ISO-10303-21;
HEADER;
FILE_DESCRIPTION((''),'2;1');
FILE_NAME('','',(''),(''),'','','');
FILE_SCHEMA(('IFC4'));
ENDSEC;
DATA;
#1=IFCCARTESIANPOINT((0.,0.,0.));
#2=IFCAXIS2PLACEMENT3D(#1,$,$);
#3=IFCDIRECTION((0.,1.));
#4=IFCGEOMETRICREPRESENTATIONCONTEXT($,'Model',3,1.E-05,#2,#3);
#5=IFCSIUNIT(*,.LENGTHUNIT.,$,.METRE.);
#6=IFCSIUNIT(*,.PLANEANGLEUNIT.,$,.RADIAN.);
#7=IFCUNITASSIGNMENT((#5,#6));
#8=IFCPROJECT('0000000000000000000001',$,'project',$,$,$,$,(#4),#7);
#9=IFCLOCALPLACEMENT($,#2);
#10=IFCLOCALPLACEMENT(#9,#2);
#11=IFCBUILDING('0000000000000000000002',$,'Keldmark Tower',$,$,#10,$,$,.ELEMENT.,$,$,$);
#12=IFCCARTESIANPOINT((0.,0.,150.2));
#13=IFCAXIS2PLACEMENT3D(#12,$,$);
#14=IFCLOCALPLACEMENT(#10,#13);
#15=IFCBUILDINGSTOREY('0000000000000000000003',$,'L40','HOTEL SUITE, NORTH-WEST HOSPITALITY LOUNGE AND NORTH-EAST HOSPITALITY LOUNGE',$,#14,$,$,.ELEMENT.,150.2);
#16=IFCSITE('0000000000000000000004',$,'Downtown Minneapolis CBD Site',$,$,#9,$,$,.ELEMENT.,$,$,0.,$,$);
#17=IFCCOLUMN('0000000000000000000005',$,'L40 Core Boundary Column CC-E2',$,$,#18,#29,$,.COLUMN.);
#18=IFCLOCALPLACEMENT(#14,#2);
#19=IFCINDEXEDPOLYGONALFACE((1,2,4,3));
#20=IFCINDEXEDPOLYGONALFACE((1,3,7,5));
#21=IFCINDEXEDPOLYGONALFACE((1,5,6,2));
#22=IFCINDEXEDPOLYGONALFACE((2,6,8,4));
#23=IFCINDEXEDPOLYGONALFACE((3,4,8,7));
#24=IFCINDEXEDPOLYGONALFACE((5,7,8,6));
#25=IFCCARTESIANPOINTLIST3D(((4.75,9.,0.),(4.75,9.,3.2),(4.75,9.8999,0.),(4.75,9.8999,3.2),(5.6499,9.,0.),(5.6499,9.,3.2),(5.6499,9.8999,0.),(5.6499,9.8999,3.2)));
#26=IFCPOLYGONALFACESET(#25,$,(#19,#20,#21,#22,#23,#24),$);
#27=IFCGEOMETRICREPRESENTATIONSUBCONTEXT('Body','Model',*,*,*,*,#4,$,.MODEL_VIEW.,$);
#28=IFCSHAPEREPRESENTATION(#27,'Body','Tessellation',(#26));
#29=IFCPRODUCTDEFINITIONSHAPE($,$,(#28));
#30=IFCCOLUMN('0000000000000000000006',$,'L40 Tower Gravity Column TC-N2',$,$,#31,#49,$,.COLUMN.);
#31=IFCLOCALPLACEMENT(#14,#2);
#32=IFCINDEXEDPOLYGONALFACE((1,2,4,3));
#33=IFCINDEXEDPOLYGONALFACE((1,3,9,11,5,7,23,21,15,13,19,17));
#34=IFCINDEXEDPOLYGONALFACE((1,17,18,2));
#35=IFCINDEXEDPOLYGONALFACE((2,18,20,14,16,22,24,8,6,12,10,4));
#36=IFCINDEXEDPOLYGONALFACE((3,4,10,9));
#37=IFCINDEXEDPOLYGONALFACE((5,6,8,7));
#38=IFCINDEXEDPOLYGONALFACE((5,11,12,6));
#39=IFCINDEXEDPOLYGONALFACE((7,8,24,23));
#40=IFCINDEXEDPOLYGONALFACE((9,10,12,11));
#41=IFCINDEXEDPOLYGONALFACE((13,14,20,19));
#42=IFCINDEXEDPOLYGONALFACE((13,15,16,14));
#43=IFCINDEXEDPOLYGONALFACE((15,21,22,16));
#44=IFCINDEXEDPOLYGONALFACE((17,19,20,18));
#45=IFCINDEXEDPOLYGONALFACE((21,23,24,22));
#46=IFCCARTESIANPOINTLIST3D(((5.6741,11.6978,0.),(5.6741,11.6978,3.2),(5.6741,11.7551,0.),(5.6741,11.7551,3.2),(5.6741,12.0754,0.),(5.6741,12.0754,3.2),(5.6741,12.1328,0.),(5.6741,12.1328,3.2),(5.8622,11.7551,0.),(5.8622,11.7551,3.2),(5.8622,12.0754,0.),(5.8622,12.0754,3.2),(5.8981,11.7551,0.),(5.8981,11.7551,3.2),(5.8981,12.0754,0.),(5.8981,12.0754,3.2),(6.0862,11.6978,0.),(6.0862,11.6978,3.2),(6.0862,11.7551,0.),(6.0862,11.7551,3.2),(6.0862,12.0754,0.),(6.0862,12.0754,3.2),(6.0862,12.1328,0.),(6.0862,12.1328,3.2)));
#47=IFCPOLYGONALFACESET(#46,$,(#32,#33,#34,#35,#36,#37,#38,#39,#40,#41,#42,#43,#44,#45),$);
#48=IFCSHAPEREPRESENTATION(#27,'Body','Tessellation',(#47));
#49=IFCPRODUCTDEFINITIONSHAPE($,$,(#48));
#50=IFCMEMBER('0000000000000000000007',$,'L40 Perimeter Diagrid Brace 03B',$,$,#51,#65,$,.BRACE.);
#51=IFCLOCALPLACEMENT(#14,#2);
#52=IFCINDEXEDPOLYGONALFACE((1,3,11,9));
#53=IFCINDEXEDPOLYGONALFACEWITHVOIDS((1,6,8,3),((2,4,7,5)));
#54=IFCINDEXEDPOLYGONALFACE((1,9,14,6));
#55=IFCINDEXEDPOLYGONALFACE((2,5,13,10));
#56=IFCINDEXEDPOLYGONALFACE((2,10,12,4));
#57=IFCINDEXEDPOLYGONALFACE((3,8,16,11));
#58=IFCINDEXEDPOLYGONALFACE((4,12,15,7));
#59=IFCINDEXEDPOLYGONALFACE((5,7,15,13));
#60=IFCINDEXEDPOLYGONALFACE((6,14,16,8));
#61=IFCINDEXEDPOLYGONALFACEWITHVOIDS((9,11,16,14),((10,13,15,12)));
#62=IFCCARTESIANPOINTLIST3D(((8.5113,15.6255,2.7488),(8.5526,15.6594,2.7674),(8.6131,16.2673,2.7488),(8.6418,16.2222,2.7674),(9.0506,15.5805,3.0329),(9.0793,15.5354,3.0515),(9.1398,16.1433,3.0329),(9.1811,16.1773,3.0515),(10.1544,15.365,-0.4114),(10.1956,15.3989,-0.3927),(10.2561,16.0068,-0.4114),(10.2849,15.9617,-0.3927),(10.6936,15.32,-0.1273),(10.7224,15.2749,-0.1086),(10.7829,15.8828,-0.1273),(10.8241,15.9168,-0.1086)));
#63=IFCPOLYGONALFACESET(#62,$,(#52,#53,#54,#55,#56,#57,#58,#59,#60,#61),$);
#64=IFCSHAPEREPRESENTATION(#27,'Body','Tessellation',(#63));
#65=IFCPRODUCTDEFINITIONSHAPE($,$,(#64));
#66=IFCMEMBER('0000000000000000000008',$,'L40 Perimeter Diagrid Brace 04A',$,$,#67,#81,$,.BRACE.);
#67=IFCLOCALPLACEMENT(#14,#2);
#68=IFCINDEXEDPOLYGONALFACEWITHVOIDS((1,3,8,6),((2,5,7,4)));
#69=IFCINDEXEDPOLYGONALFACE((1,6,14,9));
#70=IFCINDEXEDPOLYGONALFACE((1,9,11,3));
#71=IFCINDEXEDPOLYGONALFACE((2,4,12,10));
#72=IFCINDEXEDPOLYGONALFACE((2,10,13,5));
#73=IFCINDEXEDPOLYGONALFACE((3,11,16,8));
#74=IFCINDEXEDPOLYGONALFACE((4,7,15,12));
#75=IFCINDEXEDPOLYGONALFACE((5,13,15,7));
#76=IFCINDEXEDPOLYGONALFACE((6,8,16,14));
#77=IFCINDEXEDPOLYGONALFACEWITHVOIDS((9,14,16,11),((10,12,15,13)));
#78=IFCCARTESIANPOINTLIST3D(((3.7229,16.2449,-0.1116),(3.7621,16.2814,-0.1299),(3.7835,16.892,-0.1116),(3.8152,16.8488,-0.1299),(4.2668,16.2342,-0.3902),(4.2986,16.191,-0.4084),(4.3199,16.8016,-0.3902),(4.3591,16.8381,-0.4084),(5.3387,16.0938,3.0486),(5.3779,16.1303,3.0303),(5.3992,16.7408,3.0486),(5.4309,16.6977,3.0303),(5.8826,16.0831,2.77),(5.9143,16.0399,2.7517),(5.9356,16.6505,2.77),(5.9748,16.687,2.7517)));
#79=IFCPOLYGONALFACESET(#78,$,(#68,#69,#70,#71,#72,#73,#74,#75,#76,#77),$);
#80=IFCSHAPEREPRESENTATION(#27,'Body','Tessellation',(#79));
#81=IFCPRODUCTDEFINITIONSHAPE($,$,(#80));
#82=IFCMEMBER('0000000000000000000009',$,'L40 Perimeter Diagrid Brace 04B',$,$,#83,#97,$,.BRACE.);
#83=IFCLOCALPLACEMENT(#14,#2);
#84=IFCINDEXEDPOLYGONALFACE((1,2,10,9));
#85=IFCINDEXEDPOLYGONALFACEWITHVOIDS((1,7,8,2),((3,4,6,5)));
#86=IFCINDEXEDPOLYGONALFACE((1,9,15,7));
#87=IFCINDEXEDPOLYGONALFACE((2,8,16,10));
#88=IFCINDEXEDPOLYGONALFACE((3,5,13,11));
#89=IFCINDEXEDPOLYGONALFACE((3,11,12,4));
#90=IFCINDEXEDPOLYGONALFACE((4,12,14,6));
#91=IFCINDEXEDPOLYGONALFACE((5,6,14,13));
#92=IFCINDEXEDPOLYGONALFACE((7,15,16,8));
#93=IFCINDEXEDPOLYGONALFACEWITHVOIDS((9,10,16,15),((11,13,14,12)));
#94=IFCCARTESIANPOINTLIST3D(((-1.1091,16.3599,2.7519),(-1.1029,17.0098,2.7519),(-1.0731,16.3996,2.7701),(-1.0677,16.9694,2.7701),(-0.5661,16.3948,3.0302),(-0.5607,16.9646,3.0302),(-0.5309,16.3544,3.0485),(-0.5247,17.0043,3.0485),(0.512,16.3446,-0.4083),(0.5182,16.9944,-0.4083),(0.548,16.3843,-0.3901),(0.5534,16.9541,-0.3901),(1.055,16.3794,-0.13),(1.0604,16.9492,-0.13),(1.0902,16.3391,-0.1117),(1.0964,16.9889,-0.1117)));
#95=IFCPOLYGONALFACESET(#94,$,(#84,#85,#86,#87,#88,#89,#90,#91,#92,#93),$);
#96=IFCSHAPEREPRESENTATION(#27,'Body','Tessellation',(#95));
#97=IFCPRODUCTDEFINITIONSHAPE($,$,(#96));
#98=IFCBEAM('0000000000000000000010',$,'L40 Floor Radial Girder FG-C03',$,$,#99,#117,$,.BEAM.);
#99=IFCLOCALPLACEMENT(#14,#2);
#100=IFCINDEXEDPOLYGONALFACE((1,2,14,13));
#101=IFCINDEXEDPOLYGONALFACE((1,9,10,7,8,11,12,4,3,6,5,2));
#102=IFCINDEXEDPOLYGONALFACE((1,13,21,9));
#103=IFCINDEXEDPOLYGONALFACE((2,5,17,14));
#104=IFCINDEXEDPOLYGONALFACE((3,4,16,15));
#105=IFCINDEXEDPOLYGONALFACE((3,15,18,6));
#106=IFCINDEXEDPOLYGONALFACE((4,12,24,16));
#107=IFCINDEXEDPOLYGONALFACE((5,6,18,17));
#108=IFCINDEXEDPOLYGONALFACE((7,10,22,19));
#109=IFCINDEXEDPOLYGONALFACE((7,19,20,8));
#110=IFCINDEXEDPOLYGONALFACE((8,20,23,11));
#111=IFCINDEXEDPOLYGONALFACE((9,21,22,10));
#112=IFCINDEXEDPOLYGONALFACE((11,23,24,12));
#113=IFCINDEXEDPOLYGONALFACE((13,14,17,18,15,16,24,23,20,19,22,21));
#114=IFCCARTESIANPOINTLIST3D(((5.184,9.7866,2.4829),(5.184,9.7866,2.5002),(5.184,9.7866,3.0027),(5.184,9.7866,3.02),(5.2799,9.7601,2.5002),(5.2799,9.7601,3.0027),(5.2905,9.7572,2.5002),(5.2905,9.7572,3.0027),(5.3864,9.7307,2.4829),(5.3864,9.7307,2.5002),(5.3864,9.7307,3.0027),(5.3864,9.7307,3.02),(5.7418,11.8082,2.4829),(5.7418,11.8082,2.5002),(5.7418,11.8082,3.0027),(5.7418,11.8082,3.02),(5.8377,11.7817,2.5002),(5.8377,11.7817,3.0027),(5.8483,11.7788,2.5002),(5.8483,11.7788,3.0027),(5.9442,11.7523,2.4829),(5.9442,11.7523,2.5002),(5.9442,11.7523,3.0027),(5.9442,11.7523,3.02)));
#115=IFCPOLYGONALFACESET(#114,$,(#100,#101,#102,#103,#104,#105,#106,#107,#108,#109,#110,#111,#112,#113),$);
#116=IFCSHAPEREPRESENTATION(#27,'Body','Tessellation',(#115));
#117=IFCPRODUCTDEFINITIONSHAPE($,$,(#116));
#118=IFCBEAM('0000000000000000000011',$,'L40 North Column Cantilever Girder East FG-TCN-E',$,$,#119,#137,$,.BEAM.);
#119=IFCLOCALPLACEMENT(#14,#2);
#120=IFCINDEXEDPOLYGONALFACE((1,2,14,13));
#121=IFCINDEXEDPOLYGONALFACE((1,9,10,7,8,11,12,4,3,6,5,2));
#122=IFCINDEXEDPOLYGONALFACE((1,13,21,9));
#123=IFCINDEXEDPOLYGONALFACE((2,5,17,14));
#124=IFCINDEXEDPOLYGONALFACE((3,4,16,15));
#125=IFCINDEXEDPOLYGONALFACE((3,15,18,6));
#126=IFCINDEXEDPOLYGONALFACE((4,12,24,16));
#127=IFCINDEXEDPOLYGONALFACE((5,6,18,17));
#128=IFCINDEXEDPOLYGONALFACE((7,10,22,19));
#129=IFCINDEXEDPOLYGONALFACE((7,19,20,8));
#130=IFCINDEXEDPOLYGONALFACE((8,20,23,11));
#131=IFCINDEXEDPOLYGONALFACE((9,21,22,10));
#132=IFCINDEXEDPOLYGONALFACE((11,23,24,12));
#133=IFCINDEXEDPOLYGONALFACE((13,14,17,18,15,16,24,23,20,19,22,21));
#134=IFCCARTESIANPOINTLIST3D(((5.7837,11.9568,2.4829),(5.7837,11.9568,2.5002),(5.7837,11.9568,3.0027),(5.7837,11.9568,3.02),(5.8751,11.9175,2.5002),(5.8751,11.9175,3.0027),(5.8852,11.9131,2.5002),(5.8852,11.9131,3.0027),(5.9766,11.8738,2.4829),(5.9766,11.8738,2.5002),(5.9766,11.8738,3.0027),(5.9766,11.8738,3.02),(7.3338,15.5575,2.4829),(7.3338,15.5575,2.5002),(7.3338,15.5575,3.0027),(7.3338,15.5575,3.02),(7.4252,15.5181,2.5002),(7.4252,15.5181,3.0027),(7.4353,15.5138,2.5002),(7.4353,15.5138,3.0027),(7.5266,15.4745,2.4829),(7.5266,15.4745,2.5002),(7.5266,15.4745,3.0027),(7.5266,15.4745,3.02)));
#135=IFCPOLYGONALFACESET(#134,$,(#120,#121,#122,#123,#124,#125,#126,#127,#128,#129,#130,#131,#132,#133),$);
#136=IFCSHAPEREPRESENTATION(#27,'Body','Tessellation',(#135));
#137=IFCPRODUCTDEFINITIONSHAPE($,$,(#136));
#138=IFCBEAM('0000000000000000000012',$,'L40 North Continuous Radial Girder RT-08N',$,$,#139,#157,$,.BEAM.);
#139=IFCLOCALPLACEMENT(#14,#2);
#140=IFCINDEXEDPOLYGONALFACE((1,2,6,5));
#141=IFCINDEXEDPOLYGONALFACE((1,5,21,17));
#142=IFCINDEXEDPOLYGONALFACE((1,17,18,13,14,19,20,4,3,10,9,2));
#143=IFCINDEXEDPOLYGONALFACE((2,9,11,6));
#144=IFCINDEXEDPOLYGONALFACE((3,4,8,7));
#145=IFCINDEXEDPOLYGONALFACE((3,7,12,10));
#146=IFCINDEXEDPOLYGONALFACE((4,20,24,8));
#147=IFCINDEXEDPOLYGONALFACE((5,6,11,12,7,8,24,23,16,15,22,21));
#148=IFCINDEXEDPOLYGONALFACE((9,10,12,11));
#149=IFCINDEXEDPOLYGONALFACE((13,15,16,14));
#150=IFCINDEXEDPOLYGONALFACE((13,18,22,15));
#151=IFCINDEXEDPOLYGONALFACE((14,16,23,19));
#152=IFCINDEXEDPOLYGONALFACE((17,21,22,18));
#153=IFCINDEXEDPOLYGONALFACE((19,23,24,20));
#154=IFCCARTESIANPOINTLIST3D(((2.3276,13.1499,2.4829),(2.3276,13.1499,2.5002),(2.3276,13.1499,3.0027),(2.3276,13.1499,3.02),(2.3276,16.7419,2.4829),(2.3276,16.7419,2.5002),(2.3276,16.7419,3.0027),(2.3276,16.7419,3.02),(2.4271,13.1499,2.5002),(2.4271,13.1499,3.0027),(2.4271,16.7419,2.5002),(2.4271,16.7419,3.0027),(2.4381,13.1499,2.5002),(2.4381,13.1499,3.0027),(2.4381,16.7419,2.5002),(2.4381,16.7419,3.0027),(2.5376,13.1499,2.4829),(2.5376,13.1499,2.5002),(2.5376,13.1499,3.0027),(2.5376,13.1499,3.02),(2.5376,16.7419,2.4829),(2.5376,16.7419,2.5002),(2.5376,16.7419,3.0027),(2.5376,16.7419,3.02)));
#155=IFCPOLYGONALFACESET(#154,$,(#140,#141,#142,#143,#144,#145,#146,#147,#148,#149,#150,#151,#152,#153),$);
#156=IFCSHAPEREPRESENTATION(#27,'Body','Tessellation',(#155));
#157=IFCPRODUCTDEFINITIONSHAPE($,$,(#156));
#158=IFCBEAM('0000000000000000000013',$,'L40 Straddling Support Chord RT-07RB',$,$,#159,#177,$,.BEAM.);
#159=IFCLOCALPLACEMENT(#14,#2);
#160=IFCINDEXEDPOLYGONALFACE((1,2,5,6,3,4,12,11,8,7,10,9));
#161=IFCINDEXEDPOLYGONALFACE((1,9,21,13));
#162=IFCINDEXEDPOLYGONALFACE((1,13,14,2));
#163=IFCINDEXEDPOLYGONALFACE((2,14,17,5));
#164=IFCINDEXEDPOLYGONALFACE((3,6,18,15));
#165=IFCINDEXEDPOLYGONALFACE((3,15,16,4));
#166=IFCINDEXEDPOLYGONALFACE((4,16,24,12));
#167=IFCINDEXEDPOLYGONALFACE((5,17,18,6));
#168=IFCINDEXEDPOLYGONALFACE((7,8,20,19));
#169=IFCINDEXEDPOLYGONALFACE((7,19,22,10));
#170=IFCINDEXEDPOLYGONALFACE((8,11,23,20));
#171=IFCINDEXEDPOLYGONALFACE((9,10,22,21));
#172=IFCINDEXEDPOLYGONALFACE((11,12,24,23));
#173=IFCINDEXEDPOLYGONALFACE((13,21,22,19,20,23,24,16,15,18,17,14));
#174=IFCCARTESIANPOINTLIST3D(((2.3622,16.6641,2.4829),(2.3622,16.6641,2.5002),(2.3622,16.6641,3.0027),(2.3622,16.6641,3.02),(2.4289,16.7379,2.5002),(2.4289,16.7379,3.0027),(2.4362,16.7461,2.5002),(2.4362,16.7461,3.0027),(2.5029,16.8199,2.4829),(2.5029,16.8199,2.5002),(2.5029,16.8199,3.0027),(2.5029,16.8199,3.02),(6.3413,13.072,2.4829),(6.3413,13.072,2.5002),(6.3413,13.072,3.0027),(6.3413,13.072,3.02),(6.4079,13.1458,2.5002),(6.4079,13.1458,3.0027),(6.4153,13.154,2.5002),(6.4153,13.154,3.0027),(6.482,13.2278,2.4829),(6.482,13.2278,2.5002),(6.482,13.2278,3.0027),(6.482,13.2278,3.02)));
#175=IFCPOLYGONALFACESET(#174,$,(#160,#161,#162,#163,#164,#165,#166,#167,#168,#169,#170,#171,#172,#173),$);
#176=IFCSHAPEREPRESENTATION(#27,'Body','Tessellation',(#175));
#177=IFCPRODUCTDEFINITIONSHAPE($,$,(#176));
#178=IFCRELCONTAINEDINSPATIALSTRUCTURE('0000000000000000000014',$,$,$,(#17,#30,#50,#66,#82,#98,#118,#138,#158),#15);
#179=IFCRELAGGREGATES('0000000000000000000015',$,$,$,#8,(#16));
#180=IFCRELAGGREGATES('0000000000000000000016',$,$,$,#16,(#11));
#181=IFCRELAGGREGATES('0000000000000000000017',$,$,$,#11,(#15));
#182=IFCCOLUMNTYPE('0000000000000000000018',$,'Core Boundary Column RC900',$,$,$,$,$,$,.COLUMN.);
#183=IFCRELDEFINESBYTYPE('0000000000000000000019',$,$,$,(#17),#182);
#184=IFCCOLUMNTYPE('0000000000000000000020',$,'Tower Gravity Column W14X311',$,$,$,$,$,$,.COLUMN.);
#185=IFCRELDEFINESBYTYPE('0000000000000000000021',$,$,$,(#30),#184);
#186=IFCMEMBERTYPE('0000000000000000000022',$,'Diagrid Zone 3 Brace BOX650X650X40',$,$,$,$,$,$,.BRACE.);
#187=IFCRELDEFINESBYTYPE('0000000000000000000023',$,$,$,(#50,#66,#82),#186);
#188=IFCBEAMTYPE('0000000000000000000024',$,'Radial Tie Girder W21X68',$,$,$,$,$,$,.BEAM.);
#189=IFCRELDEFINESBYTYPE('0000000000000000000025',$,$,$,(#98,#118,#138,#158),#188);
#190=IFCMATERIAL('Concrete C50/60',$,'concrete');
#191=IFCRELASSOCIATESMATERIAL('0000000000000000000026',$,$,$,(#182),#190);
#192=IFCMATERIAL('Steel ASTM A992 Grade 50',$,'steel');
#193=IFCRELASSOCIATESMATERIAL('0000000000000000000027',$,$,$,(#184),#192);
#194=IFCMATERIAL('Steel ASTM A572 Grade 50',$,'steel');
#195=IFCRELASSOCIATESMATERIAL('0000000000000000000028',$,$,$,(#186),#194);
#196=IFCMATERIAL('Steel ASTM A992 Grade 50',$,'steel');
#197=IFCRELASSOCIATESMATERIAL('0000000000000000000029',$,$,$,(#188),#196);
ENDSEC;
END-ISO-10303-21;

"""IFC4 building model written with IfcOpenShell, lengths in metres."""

from ifc_helpers import new_model, si_unit, direction, frame, origin, origin_2d, place, context, subcontext, project, spatial, rectangle, hollow_rectangle, i_section, extrude, material, material_profile, profile_set, type_object, element, save


model = new_model("IFC4")

# Units and contexts
model_context = context("Model", 3, precision=1e-05, world=origin(), true_north=direction((0.0, 1.0)))
body_context = subcontext(model_context, "Body", "Model", "MODEL_VIEW")
ifc_project = project(units=[si_unit("LENGTHUNIT", "METRE"), si_unit("PLANEANGLEUNIT", "RADIAN")], contexts=[model_context])

# Site, building, storey
site_placement = place(None, origin())
site = spatial("IfcSite", under=ifc_project, at=site_placement, Name="Downtown Minneapolis CBD Site", CompositionType="ELEMENT", RefElevation=0.0)
building_placement = place(site_placement, origin())
building = spatial("IfcBuilding", under=site, at=building_placement, Name="Keldmark Tower", CompositionType="ELEMENT")
storey_placement = place(building_placement, frame((0.0, 0.0, 150.2)))
storey = spatial("IfcBuildingStorey", under=building, at=storey_placement, Name="L40", Description="HOTEL SUITE, NORTH-WEST HOSPITALITY LOUNGE AND NORTH-EAST HOSPITALITY LOUNGE", CompositionType="ELEMENT", Elevation=150.2)

# Columns
ifc_material_1 = material(Name="Concrete C50/60", Category="concrete")
ifc_material_profile_1 = material_profile(ifc_material_1, rectangle(XDim=0.8999, YDim=0.8999, at=origin_2d()), Name="RC900X900")
ifc_profile_set_1 = profile_set([ifc_material_profile_1], Name="Concrete C50/60")
column_type_1 = type_object("IfcColumnType", Name="Core Boundary Column RC900", PredefinedType="COLUMN", material=ifc_profile_set_1)
column_1_placement = place(storey_placement, frame((5.2, 9.45, 0.0), z_axis=(0.0, 0.0, 1.0), x_axis=(1.0, 0.0, 0.0)))
element("IfcColumn", 1, at=column_1_placement, inside=storey, type_object=column_type_1, Name="L40 Core Boundary Column CC-E2", PredefinedType="COLUMN", context=body_context, shape_type="SweptSolid", body=[
    extrude(rectangle(XDim=0.8999, YDim=0.8999, at=origin_2d()), origin(), (0.0, 0.0, 1.0), 3.2),
])
ifc_material_2 = material(Name="Steel ASTM A992 Grade 50", Category="steel")
ifc_material_profile_2 = material_profile(ifc_material_2, i_section(OverallWidth=0.4121, OverallDepth=0.4351, WebThickness=0.0359, FlangeThickness=0.0574, at=origin_2d()), Name="W14X311")
ifc_profile_set_2 = profile_set([ifc_material_profile_2], Name="Steel ASTM A992 Grade 50")
column_type_2 = type_object("IfcColumnType", Name="Tower Gravity Column W14X311", PredefinedType="COLUMN", material=ifc_profile_set_2)
column_2_placement = place(storey_placement, frame((5.8801, 11.9153, 0.0), z_axis=(0.0, 0.0, 1.0), x_axis=(1.0, 0.0, 0.0)))
element("IfcColumn", 2, at=column_2_placement, inside=storey, type_object=column_type_2, Name="L40 Tower Gravity Column TC-N2", PredefinedType="COLUMN", context=body_context, shape_type="SweptSolid", body=[
    extrude(i_section(OverallWidth=0.4121, OverallDepth=0.4351, WebThickness=0.0359, FlangeThickness=0.0574, at=origin_2d()), origin(), (0.0, 0.0, 1.0), 3.2),
])

# Members
ifc_material_3 = material(Name="Steel ASTM A572 Grade 50", Category="steel")
ifc_material_profile_3 = material_profile(ifc_material_3, hollow_rectangle(XDim=0.6499, YDim=0.6499, WallThickness=0.04, at=origin_2d()), Name="BOX650X650X40")
ifc_profile_set_3 = profile_set([ifc_material_profile_3], Name="Steel ASTM A572 Grade 50")
member_type = type_object("IfcMemberType", Name="Diagrid Zone 3 Brace BOX650X650X40", PredefinedType="BRACE", material=ifc_profile_set_3)
member_1_placement = place(storey_placement, frame((10.4893, 15.6409, -0.26), z_axis=(-0.460076, 0.072942, 0.884878), x_axis=(-0.156588, -0.987664, 0.0)))
element("IfcMember", 3, at=member_1_placement, inside=storey, type_object=member_type, Name="L40 Perimeter Diagrid Brace 03B", PredefinedType="BRACE", context=body_context, shape_type="SweptSolid", body=[
    extrude(hollow_rectangle(XDim=0.6499, YDim=0.6499, WallThickness=0.04, at=origin_2d()), origin(), (0.0, 0.0, 1.0), 3.5713),
])
member_2_placement = place(storey_placement, frame((4.041, 16.5415, -0.26), z_axis=(0.454818, -0.04254, 0.889568), x_axis=(0.093126, 0.995654, 0.0)))
element("IfcMember", 4, at=member_2_placement, inside=storey, type_object=member_type, Name="L40 Perimeter Diagrid Brace 04A", PredefinedType="BRACE", context=body_context, shape_type="SweptSolid", body=[
    extrude(hollow_rectangle(XDim=0.6499, YDim=0.6499, WallThickness=0.04, at=origin_2d()), origin(), (0.0, 0.0, 1.0), 3.5525),
])
member_3_placement = place(storey_placement, frame((0.8042, 16.6667, -0.26), z_axis=(-0.456424, 0.004331, 0.889752), x_axis=(-0.009488, -0.999955, 0.0)))
element("IfcMember", 5, at=member_3_placement, inside=storey, type_object=member_type, Name="L40 Perimeter Diagrid Brace 04B", PredefinedType="BRACE", context=body_context, shape_type="SweptSolid", body=[
    extrude(hollow_rectangle(XDim=0.6499, YDim=0.6499, WallThickness=0.04, at=origin_2d()), origin(), (0.0, 0.0, 1.0), 3.5518),
])

# Beams
ifc_material_4 = material(Name="Steel ASTM A992 Grade 50", Category="steel")
ifc_material_profile_4 = material_profile(ifc_material_4, i_section(OverallWidth=0.21, OverallDepth=0.5371, WebThickness=0.011, FlangeThickness=0.0173, at=origin_2d()), Name="W21X68")
ifc_profile_set_4 = profile_set([ifc_material_profile_4], Name="Steel ASTM A992 Grade 50")
beam_type_1 = type_object("IfcBeamType", Name="Radial Tie Girder W21X68", PredefinedType="BEAM", material=ifc_profile_set_4)
beam_1_placement = place(storey_placement, frame((5.843, 11.7803, 2.7515), z_axis=(-0.265992, -0.963975, 0.0), x_axis=(0.963975, -0.265992, 0.0)))
element("IfcBeam", 6, at=beam_1_placement, inside=storey, type_object=beam_type_1, Name="L40 Floor Radial Girder FG-C03", PredefinedType="BEAM", context=body_context, shape_type="SweptSolid", body=[
    extrude(i_section(OverallWidth=0.21, OverallDepth=0.5371, WebThickness=0.011, FlangeThickness=0.0173, at=origin_2d()), origin(), (0.0, 0.0, 1.0), 2.0972),
])
beam_2_placement = place(storey_placement, frame((5.8801, 11.9153, 2.7515), z_axis=(0.395415, 0.918503, 0.0), x_axis=(-0.918503, 0.395415, 0.0)))
element("IfcBeam", 7, at=beam_2_placement, inside=storey, type_object=beam_type_1, Name="L40 North Column Cantilever Girder East FG-TCN-E", PredefinedType="BEAM", context=body_context, shape_type="SweptSolid", body=[
    extrude(i_section(OverallWidth=0.21, OverallDepth=0.5371, WebThickness=0.011, FlangeThickness=0.0173, at=origin_2d()), origin(), (0.0, 0.0, 1.0), 3.9202),
])
beam_3_placement = place(storey_placement, frame((2.4326, 13.1499, 2.7515), z_axis=(0.0, 1.0, 0.0), x_axis=(-1.0, 0.0, 0.0)))
element("IfcBeam", 8, at=beam_3_placement, inside=storey, type_object=beam_type_1, Name="L40 North Continuous Radial Girder RT-08N", PredefinedType="BEAM", context=body_context, shape_type="SweptSolid", body=[
    extrude(i_section(OverallWidth=0.21, OverallDepth=0.5371, WebThickness=0.011, FlangeThickness=0.0173, at=origin_2d()), origin(), (0.0, 0.0, 1.0), 3.592),
])
beam_4_placement = place(storey_placement, frame((6.4116, 13.1499, 2.7515), z_axis=(-0.742279, 0.670091, 0.0), x_axis=(-0.670091, -0.742279, 0.0)))
element("IfcBeam", 9, at=beam_4_placement, inside=storey, type_object=beam_type_1, Name="L40 Straddling Support Chord RT-07RB", PredefinedType="BEAM", context=body_context, shape_type="SweptSolid", body=[
    extrude(i_section(OverallWidth=0.21, OverallDepth=0.5371, WebThickness=0.011, FlangeThickness=0.0173, at=origin_2d()), origin(), (0.0, 0.0, 1.0), 5.3606),
])

save(model, "model.ifc")
